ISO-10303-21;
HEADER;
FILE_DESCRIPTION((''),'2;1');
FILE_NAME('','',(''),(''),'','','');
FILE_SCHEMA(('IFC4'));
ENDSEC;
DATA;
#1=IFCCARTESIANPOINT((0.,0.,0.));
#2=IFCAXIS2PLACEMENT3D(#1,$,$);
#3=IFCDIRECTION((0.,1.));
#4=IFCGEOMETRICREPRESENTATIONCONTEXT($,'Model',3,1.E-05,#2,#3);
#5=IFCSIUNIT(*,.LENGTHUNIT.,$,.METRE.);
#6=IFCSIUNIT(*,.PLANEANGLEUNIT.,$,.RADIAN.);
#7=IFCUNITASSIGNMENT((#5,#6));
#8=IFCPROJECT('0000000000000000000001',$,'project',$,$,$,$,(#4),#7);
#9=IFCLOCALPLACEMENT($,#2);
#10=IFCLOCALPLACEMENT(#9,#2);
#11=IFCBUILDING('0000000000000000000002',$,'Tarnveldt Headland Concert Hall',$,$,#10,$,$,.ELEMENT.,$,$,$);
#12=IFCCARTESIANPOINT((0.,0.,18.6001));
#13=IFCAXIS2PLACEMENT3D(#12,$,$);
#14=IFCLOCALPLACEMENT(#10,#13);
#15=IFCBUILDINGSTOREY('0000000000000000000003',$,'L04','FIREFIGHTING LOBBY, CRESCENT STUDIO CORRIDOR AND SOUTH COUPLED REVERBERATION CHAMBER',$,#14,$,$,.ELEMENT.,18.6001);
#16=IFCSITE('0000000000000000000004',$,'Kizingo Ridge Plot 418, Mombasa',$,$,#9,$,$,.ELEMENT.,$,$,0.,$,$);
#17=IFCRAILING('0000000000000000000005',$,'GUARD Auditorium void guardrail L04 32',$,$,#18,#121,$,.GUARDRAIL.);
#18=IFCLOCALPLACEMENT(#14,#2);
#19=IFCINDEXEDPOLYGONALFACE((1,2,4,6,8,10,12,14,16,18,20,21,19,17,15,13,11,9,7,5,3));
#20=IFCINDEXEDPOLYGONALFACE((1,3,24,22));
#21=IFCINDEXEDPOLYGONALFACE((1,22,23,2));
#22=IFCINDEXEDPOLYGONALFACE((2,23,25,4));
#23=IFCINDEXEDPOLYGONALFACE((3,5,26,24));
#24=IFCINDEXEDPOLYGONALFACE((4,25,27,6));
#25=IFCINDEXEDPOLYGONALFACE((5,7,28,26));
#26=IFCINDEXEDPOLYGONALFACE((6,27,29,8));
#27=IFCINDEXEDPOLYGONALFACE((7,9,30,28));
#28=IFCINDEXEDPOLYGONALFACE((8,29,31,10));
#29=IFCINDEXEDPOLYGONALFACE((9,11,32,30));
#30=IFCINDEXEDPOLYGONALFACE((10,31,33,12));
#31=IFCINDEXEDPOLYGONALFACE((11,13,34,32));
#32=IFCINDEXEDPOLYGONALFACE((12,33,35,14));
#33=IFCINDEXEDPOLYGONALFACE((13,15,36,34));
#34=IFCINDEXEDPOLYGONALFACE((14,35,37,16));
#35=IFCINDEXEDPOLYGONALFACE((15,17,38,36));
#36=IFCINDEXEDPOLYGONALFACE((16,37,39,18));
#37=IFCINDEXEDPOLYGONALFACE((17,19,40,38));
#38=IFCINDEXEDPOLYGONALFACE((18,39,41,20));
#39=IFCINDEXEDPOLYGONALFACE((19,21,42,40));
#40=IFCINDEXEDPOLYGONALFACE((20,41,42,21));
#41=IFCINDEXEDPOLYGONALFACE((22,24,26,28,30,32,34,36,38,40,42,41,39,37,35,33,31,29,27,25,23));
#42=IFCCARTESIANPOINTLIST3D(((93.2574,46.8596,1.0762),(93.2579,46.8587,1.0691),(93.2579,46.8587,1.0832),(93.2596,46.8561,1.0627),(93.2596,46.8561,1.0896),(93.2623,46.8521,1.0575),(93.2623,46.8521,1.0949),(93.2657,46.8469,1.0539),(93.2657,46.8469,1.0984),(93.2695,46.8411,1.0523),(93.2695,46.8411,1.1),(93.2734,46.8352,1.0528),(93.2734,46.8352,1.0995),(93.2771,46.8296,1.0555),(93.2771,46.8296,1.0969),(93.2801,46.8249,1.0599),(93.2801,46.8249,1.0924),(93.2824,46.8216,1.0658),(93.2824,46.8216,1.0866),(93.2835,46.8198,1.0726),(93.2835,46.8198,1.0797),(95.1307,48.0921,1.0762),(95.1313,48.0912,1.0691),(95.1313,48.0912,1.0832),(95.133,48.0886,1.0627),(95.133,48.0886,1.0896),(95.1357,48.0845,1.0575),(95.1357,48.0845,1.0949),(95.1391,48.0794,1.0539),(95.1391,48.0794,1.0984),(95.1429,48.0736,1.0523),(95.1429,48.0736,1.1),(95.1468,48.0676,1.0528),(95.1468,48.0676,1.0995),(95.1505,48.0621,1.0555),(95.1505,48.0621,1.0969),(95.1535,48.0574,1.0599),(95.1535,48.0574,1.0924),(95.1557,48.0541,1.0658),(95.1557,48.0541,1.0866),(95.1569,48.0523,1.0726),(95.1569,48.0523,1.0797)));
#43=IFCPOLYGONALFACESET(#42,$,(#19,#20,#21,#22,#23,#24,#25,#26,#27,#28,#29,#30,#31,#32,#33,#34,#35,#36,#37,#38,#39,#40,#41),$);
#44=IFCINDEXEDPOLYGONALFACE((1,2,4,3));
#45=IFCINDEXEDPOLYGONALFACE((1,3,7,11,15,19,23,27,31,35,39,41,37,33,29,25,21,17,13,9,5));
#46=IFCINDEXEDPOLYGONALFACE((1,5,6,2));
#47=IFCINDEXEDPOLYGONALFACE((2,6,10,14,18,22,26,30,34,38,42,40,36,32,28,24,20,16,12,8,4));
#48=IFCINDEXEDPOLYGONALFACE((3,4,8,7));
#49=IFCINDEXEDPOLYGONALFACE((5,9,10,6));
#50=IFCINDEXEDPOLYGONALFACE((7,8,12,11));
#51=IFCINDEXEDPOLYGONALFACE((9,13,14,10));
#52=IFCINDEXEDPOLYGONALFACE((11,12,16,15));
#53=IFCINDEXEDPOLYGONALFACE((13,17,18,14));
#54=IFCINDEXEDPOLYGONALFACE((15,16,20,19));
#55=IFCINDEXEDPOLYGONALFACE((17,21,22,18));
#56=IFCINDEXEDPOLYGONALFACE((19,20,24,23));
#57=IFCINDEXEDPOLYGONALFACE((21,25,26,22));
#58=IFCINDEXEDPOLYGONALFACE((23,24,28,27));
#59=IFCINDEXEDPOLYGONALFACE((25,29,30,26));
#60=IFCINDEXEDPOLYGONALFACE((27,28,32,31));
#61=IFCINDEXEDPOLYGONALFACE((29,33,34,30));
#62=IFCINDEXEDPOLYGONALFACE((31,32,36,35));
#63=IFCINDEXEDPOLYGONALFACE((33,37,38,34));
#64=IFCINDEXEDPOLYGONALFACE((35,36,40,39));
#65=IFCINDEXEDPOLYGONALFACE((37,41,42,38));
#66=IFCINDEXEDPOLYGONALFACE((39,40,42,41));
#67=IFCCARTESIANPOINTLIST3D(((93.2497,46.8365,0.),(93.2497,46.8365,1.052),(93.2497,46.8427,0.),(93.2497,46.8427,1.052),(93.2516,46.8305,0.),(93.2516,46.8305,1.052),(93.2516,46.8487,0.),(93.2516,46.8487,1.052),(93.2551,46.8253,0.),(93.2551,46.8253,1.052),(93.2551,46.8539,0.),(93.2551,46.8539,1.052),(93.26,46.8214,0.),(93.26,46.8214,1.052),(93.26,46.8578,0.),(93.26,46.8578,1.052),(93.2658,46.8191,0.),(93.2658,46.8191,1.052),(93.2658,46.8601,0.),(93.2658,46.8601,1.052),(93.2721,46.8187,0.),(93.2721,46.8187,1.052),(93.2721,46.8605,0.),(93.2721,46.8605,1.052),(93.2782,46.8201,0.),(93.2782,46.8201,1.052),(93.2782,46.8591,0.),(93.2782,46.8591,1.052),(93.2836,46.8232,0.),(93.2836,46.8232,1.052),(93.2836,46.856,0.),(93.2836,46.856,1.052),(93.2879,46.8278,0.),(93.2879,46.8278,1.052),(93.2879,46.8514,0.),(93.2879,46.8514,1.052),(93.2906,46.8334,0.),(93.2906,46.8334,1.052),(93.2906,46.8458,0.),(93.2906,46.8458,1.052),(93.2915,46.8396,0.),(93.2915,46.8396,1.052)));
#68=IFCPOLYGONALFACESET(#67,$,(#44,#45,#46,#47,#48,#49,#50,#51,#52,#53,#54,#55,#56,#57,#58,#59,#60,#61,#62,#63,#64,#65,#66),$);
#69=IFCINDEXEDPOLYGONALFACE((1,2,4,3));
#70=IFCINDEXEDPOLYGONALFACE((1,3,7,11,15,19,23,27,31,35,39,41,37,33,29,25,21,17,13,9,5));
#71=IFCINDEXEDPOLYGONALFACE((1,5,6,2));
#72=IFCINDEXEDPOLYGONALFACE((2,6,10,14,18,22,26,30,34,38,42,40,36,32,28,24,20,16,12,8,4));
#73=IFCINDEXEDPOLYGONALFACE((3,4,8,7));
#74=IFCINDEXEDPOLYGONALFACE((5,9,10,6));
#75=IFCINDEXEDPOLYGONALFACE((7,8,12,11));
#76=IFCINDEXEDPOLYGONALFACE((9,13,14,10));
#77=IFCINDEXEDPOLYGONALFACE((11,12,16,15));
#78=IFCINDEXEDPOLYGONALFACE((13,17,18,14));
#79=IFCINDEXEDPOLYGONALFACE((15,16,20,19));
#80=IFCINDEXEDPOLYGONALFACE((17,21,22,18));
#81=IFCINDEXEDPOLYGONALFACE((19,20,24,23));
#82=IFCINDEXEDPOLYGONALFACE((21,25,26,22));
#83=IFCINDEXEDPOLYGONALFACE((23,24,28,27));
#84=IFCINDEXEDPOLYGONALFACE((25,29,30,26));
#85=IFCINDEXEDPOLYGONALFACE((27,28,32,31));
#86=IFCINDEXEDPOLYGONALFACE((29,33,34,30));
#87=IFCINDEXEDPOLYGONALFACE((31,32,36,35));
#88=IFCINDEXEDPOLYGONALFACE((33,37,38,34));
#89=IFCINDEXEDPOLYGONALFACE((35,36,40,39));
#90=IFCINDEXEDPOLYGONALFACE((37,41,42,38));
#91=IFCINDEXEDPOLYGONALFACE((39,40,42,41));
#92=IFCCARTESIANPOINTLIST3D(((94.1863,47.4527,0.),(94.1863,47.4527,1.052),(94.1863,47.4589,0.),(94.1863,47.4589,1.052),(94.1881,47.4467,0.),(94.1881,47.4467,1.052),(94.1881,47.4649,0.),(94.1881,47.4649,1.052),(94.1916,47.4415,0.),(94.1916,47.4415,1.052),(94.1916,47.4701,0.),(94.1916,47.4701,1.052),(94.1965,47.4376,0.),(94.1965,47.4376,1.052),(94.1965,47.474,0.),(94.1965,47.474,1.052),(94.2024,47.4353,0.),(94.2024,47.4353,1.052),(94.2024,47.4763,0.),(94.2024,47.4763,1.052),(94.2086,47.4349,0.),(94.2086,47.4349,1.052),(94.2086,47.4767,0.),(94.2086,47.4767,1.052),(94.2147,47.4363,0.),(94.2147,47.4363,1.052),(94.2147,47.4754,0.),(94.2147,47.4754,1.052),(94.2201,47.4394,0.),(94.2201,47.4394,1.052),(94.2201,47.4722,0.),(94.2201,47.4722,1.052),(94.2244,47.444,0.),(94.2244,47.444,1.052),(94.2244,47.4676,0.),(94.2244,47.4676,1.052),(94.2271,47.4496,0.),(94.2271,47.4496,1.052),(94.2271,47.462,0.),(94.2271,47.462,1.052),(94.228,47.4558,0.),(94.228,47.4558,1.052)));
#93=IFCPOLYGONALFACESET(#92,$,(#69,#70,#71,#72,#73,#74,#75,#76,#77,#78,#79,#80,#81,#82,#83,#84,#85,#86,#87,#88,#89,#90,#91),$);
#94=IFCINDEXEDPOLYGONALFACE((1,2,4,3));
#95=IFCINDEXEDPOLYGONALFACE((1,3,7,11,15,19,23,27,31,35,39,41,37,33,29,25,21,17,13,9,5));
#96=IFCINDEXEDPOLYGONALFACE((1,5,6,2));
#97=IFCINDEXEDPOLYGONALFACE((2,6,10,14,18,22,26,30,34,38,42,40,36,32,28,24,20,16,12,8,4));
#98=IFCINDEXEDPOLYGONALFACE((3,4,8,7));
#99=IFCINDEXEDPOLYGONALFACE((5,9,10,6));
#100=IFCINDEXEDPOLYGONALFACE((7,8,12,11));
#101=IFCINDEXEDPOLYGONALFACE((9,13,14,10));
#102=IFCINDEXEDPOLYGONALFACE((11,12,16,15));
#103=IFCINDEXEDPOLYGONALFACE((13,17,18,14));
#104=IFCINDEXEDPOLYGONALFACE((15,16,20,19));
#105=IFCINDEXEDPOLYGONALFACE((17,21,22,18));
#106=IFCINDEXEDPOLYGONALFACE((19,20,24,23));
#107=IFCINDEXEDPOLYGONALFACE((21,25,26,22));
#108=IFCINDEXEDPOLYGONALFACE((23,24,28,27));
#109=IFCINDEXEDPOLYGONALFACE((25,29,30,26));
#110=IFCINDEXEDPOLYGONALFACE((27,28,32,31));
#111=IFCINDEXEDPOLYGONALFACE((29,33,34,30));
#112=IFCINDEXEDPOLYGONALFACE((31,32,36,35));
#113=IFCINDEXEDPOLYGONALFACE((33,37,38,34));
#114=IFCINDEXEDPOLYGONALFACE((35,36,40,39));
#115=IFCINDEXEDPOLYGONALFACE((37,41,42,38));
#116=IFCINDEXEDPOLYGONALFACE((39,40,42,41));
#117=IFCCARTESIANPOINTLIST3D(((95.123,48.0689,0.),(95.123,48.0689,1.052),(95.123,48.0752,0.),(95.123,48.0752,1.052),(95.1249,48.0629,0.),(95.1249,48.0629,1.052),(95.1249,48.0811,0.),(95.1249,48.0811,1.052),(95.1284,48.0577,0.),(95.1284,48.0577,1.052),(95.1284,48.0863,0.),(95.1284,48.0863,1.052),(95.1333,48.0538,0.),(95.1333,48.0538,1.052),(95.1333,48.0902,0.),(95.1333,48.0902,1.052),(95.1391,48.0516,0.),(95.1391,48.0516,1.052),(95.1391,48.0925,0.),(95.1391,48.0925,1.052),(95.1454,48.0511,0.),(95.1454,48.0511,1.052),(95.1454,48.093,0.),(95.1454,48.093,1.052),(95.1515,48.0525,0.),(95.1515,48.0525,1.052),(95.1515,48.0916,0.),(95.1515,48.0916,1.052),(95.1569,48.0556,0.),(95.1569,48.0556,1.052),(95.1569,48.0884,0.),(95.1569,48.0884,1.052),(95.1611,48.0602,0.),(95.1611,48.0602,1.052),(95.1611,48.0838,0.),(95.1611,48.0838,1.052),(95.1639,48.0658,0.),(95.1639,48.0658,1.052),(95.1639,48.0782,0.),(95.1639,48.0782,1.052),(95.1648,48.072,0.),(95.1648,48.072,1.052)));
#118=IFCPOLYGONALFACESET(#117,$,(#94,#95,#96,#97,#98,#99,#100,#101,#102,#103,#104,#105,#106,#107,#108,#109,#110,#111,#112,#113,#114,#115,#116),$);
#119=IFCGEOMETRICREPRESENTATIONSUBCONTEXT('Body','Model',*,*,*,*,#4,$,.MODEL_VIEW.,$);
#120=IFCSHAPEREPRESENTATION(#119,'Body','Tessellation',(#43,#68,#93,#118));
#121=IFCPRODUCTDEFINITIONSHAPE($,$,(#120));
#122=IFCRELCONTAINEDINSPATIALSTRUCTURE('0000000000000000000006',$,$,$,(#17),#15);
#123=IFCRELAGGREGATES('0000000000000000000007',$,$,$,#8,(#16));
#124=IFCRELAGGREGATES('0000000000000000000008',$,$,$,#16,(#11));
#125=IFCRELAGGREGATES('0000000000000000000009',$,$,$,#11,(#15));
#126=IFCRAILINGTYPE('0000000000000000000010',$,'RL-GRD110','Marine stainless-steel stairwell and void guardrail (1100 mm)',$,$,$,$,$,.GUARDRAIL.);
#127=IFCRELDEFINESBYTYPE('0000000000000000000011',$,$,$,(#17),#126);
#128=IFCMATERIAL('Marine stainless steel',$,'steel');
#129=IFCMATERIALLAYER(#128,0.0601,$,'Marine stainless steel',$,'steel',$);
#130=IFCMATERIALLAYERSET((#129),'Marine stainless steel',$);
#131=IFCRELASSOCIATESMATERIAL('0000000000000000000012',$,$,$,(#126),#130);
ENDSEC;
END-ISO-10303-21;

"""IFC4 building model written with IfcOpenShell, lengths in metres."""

from ifc_helpers import new_model, si_unit, direction, frame, origin, origin_2d, place, context, subcontext, project, spatial, circle, extrude, material, layer, layer_set, type_object, element, save


model = new_model("IFC4")

# Units and contexts
model_context = context("Model", 3, precision=1e-05, world=origin(), true_north=direction((0.0, 1.0)))
body_context = subcontext(model_context, "Body", "Model", "MODEL_VIEW")
ifc_project = project(units=[si_unit("LENGTHUNIT", "METRE"), si_unit("PLANEANGLEUNIT", "RADIAN")], contexts=[model_context])

# Site, building, storey
site_placement = place(None, origin())
site = spatial("IfcSite", under=ifc_project, at=site_placement, Name="Kizingo Ridge Plot 418, Mombasa", CompositionType="ELEMENT", RefElevation=0.0)
building_placement = place(site_placement, origin())
building = spatial("IfcBuilding", under=site, at=building_placement, Name="Tarnveldt Headland Concert Hall", CompositionType="ELEMENT")
storey_placement = place(building_placement, frame((0.0, 0.0, 18.6001)))
storey = spatial("IfcBuildingStorey", under=building, at=storey_placement, Name="L04", Description="FIREFIGHTING LOBBY, CRESCENT STUDIO CORRIDOR AND SOUTH COUPLED REVERBERATION CHAMBER", CompositionType="ELEMENT", Elevation=18.6001)

# Railing
ifc_material_1 = material(Name="Marine stainless steel", Category="steel")
ifc_layer_1 = layer(ifc_material_1, 0.0601, Name="Marine stainless steel", Category="steel")
ifc_layer_set_1 = layer_set([ifc_layer_1], Name="Marine stainless steel")
railing_type_1 = type_object("IfcRailingType", Name="RL-GRD110", Description="Marine stainless-steel stairwell and void guardrail (1100 mm)", PredefinedType="GUARDRAIL", material=ifc_layer_set_1)
railing_1_placement = place(storey_placement, frame((93.2705, 46.8396, 0.0)))
element("IfcRailing", 1, at=railing_1_placement, inside=storey, type_object=railing_type_1, Name="GUARD Auditorium void guardrail L04 32", PredefinedType="GUARDRAIL", context=body_context, shape_type="SweptSolid", body=[
    extrude(circle(Radius=0.0239, at=origin_2d()), frame((0.0, 0.0, 1.0762), z_axis=(0.835418, 0.549615, 0.0), x_axis=(-0.549615, 0.835418, 0.0)), (0.0, 0.0, 1.0), 2.2424),
    extrude(circle(Radius=0.021, at=origin_2d()), origin(), (0.0, 0.0, 1.0), 1.052),
    extrude(circle(Radius=0.021, at=origin_2d()), frame((0.9365, 0.6162, 0.0)), (0.0, 0.0, 1.0), 1.052),
    extrude(circle(Radius=0.021, at=origin_2d()), frame((1.8733, 1.2324, 0.0)), (0.0, 0.0, 1.0), 1.052),
])

save(model, "model.ifc")
